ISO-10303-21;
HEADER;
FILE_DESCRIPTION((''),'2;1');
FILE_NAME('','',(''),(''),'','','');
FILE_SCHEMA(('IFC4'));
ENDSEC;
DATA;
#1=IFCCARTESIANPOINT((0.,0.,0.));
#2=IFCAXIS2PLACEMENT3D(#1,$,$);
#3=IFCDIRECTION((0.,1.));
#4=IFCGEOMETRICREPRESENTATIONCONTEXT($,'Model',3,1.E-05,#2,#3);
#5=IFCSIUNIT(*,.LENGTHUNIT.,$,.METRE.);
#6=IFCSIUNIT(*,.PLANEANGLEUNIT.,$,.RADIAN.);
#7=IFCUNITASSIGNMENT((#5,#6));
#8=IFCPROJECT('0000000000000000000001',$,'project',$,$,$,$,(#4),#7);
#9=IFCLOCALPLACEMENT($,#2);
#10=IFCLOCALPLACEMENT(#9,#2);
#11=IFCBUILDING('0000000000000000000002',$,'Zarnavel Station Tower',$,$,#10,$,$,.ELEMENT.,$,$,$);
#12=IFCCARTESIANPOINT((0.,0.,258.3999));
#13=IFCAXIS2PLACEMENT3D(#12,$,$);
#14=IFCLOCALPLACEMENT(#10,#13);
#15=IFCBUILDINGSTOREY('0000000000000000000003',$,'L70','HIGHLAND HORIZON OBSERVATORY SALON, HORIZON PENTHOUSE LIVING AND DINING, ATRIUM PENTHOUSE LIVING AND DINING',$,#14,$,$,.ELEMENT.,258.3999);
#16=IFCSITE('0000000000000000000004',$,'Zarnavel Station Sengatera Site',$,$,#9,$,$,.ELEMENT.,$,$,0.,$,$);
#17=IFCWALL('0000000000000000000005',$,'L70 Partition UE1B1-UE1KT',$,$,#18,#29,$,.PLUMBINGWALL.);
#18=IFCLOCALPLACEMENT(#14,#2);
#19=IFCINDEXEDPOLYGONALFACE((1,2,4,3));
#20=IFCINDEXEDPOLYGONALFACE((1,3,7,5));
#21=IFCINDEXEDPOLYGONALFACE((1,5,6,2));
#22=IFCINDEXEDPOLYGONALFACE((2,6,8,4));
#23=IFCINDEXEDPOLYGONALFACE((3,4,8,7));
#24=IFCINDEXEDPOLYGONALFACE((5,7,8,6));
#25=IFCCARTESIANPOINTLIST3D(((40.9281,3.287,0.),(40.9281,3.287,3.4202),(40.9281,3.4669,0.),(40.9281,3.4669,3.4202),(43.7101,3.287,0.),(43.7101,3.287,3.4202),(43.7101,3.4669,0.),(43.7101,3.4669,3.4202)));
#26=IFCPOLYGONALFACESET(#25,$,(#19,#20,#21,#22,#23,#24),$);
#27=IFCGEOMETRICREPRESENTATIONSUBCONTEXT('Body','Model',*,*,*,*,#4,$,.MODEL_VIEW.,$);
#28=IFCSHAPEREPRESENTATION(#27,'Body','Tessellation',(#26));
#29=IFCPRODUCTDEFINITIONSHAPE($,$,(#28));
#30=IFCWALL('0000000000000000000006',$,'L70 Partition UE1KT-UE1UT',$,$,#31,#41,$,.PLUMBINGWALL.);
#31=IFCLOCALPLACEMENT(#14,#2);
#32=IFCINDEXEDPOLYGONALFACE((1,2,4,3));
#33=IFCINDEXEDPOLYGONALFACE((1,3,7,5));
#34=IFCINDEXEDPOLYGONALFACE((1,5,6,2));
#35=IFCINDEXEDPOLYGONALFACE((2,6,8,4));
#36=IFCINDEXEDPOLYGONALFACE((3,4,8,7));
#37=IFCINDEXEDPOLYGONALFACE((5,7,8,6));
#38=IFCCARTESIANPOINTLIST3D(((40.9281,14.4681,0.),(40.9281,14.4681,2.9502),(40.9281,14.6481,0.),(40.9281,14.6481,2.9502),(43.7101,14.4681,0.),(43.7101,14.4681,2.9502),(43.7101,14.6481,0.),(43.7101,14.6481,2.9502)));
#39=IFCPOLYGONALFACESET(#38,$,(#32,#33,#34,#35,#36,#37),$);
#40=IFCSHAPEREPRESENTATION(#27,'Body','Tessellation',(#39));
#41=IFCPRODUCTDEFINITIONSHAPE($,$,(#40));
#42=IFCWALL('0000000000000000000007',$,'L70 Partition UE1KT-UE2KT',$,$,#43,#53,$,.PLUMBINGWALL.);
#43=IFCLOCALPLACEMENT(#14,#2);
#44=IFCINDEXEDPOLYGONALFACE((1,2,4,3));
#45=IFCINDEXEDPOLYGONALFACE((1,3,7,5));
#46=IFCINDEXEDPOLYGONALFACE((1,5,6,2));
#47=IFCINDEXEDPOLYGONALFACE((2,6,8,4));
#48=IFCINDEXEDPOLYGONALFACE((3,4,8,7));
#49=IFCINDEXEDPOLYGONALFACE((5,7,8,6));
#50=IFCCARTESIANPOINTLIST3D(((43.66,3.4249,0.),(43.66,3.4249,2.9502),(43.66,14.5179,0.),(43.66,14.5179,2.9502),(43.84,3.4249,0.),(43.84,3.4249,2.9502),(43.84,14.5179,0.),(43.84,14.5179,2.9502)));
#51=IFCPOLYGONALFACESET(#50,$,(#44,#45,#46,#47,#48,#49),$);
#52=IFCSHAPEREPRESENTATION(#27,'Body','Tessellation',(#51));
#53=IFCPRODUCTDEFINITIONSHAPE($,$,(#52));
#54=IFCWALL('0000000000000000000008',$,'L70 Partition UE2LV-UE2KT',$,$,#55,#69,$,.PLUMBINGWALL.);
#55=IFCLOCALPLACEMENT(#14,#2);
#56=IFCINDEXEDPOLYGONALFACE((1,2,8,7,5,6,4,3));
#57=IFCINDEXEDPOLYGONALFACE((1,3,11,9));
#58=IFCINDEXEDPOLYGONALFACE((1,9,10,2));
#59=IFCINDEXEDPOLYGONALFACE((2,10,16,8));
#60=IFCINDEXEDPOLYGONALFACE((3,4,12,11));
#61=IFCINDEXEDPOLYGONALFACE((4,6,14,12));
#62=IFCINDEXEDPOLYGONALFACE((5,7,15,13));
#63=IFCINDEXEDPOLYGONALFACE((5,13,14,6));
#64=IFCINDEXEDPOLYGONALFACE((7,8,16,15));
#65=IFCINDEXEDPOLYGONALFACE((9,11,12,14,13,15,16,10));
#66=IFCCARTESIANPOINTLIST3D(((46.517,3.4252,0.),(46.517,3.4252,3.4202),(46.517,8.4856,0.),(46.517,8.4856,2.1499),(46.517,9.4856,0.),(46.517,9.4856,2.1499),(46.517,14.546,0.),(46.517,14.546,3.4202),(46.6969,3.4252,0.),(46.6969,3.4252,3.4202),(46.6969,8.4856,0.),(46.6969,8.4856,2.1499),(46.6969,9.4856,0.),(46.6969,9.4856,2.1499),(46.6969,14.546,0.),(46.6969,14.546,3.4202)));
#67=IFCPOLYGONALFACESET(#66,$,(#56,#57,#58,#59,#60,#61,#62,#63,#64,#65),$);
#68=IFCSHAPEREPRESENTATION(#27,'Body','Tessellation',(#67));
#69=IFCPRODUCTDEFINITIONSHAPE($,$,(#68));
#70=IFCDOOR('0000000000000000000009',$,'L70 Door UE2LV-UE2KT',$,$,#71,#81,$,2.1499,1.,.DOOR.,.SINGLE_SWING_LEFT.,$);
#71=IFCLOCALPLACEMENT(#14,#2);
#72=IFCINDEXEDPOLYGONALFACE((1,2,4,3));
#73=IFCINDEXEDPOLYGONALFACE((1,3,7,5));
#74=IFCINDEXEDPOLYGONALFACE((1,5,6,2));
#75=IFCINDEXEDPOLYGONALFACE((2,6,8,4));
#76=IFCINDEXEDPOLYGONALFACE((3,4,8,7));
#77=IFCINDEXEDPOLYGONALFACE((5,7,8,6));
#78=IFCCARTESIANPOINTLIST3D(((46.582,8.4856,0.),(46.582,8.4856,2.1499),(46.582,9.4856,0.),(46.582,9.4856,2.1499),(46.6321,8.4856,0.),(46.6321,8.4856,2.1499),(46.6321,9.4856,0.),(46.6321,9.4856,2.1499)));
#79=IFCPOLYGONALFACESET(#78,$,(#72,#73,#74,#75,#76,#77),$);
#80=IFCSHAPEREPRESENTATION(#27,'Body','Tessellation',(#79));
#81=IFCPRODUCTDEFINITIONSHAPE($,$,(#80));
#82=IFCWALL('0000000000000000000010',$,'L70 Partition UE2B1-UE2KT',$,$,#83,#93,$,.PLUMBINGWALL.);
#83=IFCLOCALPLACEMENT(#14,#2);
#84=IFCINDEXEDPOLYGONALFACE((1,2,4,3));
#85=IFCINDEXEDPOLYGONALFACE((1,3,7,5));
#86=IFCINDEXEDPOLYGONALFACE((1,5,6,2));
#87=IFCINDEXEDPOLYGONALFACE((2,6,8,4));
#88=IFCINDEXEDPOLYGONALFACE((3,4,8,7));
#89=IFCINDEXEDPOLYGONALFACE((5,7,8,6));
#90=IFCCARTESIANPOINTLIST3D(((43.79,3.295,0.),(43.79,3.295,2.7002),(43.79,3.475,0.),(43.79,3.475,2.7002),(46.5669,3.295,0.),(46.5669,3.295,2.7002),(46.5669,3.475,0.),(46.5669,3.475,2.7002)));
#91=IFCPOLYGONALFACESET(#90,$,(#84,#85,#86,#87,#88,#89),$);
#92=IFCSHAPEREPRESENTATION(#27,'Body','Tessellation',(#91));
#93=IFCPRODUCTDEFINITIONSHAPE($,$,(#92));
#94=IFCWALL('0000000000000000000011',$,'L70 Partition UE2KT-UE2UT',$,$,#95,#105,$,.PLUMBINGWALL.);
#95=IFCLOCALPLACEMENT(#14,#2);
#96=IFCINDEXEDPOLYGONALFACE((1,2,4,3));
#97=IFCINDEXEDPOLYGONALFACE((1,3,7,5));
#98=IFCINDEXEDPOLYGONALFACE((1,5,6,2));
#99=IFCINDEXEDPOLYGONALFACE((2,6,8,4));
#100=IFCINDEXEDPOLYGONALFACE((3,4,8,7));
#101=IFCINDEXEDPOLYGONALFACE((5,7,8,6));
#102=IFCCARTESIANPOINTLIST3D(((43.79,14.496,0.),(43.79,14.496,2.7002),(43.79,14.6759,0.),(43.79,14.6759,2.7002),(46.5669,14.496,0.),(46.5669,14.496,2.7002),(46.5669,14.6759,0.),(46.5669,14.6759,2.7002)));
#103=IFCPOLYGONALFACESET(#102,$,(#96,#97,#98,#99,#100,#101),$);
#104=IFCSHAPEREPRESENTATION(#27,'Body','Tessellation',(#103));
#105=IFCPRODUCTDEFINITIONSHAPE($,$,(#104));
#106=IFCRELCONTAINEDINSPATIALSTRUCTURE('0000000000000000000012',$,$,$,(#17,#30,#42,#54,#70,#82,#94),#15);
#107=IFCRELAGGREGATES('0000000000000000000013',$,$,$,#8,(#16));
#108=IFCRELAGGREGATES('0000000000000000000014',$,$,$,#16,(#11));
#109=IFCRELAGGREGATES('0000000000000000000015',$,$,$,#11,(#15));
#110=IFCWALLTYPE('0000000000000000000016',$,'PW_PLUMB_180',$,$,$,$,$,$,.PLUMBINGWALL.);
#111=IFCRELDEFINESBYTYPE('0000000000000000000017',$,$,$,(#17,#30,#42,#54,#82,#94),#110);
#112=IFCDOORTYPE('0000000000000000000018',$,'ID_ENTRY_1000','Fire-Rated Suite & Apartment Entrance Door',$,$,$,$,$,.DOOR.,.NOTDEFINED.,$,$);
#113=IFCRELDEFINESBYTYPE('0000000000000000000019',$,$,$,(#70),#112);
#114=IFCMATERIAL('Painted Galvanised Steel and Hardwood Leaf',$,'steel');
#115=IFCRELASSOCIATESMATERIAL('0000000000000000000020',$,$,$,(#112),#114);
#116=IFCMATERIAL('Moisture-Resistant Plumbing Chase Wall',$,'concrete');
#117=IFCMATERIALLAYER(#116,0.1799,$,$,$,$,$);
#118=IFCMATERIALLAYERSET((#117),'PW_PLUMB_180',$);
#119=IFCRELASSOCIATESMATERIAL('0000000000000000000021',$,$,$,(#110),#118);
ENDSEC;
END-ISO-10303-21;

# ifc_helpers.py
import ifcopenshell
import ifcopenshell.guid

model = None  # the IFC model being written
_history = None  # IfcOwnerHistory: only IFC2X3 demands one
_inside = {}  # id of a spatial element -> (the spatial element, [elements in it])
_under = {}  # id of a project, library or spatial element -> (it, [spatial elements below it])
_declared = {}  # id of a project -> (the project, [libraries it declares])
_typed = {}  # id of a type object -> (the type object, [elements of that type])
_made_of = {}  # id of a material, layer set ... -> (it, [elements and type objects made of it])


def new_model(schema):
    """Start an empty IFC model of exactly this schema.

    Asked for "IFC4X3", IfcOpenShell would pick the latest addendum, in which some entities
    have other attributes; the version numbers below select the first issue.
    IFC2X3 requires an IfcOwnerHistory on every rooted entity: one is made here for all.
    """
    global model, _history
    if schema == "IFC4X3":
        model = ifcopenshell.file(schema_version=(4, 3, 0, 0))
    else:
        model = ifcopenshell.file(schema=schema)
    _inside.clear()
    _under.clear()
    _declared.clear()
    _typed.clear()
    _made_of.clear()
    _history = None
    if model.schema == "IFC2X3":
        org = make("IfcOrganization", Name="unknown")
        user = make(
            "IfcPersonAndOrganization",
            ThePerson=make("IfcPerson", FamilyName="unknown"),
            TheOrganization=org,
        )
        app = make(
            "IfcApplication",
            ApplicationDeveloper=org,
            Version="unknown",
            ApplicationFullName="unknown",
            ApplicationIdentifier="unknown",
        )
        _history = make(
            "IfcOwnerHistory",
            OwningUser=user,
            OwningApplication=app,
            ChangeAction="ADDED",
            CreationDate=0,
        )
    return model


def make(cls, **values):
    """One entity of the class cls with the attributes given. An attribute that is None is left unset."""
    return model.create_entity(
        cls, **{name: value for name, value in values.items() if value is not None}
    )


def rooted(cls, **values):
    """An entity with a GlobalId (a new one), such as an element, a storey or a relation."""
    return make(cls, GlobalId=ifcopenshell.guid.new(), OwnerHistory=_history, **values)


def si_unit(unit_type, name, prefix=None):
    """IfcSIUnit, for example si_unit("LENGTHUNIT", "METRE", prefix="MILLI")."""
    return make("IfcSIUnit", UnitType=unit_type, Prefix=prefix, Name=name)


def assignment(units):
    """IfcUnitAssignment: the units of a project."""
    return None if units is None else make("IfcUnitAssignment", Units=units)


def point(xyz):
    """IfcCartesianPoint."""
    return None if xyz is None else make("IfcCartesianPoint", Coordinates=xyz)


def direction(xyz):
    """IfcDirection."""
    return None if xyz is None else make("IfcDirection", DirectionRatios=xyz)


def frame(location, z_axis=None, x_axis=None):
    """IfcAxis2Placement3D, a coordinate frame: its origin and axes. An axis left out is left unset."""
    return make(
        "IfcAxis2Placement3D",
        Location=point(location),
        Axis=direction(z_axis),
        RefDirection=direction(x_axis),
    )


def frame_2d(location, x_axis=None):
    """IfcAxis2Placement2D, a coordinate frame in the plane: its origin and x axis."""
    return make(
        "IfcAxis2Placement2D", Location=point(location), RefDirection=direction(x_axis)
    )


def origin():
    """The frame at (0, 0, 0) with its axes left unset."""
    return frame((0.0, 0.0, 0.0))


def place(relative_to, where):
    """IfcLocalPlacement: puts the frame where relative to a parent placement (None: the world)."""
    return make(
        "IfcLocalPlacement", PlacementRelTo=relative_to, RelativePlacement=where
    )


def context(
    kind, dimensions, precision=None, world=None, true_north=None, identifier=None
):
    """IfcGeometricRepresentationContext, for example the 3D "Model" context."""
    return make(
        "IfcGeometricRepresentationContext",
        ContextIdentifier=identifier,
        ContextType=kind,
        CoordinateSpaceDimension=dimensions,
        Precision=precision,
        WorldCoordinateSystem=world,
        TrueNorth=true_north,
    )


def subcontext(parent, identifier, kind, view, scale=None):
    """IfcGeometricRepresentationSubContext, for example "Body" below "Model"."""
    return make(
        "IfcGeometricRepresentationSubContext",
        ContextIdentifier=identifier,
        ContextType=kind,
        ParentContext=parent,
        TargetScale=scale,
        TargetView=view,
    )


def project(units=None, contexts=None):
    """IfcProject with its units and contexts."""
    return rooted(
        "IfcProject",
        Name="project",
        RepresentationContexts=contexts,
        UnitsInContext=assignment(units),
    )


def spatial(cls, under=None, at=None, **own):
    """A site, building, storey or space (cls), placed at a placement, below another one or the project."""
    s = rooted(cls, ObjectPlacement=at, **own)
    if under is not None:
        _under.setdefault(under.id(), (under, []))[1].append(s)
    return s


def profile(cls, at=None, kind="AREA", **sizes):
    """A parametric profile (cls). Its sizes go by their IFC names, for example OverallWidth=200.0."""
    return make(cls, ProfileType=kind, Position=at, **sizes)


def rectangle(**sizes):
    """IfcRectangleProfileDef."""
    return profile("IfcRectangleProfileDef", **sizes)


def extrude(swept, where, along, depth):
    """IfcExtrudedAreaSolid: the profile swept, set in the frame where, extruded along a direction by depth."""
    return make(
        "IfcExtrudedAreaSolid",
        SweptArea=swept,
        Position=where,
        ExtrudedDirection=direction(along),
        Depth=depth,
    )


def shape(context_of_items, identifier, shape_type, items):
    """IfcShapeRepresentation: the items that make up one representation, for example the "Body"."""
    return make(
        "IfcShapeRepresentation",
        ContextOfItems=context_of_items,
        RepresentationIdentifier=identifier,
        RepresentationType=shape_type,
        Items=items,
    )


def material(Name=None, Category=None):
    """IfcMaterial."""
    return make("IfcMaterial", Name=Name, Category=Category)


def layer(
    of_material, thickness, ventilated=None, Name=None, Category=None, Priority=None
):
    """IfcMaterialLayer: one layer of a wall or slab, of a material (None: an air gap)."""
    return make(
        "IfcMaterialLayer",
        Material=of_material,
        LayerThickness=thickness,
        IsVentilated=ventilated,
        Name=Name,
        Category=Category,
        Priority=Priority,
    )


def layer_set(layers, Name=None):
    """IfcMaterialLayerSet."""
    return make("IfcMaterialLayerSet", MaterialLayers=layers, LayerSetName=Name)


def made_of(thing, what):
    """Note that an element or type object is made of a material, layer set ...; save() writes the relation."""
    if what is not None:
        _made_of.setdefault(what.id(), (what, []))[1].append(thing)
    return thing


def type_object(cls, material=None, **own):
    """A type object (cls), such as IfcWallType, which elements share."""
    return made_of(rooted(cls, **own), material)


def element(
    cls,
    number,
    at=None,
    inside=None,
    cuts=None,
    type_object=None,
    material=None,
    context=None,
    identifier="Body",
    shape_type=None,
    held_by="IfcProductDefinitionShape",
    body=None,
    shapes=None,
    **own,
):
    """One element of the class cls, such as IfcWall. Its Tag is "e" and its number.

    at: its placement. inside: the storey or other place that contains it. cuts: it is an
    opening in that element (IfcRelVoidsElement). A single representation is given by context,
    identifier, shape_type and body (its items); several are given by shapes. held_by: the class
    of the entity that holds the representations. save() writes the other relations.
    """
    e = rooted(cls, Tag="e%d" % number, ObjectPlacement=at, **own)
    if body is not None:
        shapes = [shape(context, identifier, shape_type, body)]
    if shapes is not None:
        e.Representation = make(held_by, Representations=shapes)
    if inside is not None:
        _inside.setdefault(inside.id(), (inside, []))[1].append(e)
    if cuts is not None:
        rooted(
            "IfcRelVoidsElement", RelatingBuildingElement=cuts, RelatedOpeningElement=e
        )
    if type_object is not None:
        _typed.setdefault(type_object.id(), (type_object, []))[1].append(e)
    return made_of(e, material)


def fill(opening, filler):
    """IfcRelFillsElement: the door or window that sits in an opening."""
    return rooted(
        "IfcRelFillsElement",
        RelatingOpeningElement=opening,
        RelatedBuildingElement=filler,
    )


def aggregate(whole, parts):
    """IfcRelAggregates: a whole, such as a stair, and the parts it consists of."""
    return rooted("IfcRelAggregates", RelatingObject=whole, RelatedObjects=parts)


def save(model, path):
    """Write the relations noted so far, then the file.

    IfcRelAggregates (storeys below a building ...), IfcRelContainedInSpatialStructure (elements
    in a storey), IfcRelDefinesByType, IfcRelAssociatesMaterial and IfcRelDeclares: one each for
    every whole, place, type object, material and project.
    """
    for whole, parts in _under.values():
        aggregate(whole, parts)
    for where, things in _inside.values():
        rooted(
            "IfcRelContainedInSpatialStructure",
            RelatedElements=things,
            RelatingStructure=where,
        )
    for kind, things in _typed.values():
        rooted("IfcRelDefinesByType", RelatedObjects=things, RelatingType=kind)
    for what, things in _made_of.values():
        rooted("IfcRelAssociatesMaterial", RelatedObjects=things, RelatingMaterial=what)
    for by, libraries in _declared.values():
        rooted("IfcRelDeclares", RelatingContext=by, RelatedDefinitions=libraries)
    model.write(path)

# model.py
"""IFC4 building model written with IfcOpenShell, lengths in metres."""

from ifc_helpers import new_model, si_unit, direction, frame, frame_2d, origin, place, context, subcontext, project, spatial, rectangle, extrude, material, layer, layer_set, type_object, element, fill, save


model = new_model("IFC4")

# Units and contexts
model_context = context("Model", 3, precision=1e-05, world=origin(), true_north=direction((0.0, 1.0)))
body_context = subcontext(model_context, "Body", "Model", "MODEL_VIEW")
ifc_project = project(units=[si_unit("LENGTHUNIT", "METRE"), si_unit("PLANEANGLEUNIT", "RADIAN")], contexts=[model_context])

# Site, building, storey
site_placement = place(None, origin())
site = spatial("IfcSite", under=ifc_project, at=site_placement, Name="Zarnavel Station Sengatera Site", CompositionType="ELEMENT", RefElevation=0.0)
building_placement = place(site_placement, origin())
building = spatial("IfcBuilding", under=site, at=building_placement, Name="Zarnavel Station Tower", CompositionType="ELEMENT")
storey_placement = place(building_placement, frame((0.0, 0.0, 258.3999)))
storey = spatial("IfcBuildingStorey", under=building, at=storey_placement, Name="L70", Description="HIGHLAND HORIZON OBSERVATORY SALON, HORIZON PENTHOUSE LIVING AND DINING, ATRIUM PENTHOUSE LIVING AND DINING", CompositionType="ELEMENT", Elevation=258.3999)

# Shared definitions
ifc_material_1 = material(Name="Painted Galvanised Steel and Hardwood Leaf", Category="steel")
door_type = type_object("IfcDoorType", Name="ID_ENTRY_1000", Description="Fire-Rated Suite & Apartment Entrance Door", OperationType="NOTDEFINED", PredefinedType="DOOR", material=ifc_material_1)

# Shared definitions
ifc_material_2 = material(Name="Moisture-Resistant Plumbing Chase Wall", Category="concrete")
ifc_layer_1 = layer(ifc_material_2, 0.1799)
ifc_layer_set_1 = layer_set([ifc_layer_1], Name="PW_PLUMB_180")
wall_type_1 = type_object("IfcWallType", Name="PW_PLUMB_180", PredefinedType="PLUMBINGWALL", material=ifc_layer_set_1)

# Walls
wall_1_placement = place(storey_placement, frame((40.928, 3.377, 0.0), z_axis=(0.0, 0.0, 1.0), x_axis=(1.0, 0.0, 0.0)))
element("IfcWall", 1, at=wall_1_placement, inside=storey, type_object=wall_type_1, Name="L70 Partition UE1B1-UE1KT", PredefinedType="PLUMBINGWALL", context=body_context, shape_type="SweptSolid", body=[
    extrude(rectangle(XDim=2.782, YDim=0.1799, at=frame_2d((1.3911, 0.0))), origin(), (0.0, 0.0, 1.0), 3.4202),
])
wall_2_placement = place(storey_placement, frame((40.928, 14.5581, 0.0), z_axis=(0.0, 0.0, 1.0), x_axis=(1.0, 0.0, 0.0)))
element("IfcWall", 2, at=wall_2_placement, inside=storey, type_object=wall_type_1, Name="L70 Partition UE1KT-UE1UT", PredefinedType="PLUMBINGWALL", context=body_context, shape_type="SweptSolid", body=[
    extrude(rectangle(XDim=2.782, YDim=0.1799, at=frame_2d((1.3911, 0.0))), origin(), (0.0, 0.0, 1.0), 2.9502),
])
wall_3_placement = place(storey_placement, frame((43.75, 3.425, 0.0), z_axis=(0.0, 0.0, 1.0), x_axis=(0.0, 1.0, 0.0)))
element("IfcWall", 3, at=wall_3_placement, inside=storey, type_object=wall_type_1, Name="L70 Partition UE1KT-UE2KT", PredefinedType="PLUMBINGWALL", context=body_context, shape_type="SweptSolid", body=[
    extrude(rectangle(XDim=11.093, YDim=0.1799, at=frame_2d((5.5464, 0.0))), origin(), (0.0, 0.0, 1.0), 2.9502),
])

# Wall, opening, door
wall_4_placement = place(storey_placement, frame((46.6069, 3.425, 0.0), z_axis=(0.0, 0.0, 1.0), x_axis=(0.0, 1.0, 0.0)))
wall_4 = element("IfcWall", 4, at=wall_4_placement, inside=storey, type_object=wall_type_1, Name="L70 Partition UE2LV-UE2KT", PredefinedType="PLUMBINGWALL", context=body_context, shape_type="SweptSolid", body=[
    extrude(rectangle(XDim=11.1208, YDim=0.1799, at=frame_2d((5.5605, 0.0))), origin(), (0.0, 0.0, 1.0), 3.4202),
])
opening_1_placement = place(wall_4_placement, frame((5.0605, 0.0, 0.0)))
opening_1 = element("IfcOpeningElement", 5, at=opening_1_placement, cuts=wall_4, PredefinedType="OPENING", context=body_context, shape_type="SweptSolid", body=[
    extrude(rectangle(XDim=1.0, YDim=2.1499, at=frame_2d((0.5, 1.075))), frame((0.0, 0.0999, 0.0), z_axis=(0.0, -1.0, 0.0), x_axis=(1.0, 0.0, 0.0)), (0.0, 0.0, 1.0), 0.2),
])
door_1_placement = place(opening_1_placement, origin())
door_1 = element("IfcDoor", 6, at=door_1_placement, inside=storey, type_object=door_type, Name="L70 Door UE2LV-UE2KT", OperationType="SINGLE_SWING_LEFT", OverallHeight=2.1499, OverallWidth=1.0, PredefinedType="DOOR", context=body_context, shape_type="SweptSolid", body=[
    extrude(rectangle(XDim=1.0, YDim=2.1499, at=frame_2d((0.5, 1.075))), frame((0.0, 0.0249, 0.0), z_axis=(0.0, -1.0, 0.0), x_axis=(1.0, 0.0, 0.0)), (0.0, 0.0, 1.0), 0.05),
])
fill(opening_1, door_1)

# Walls
for number, where, z_axis, x_axis, name in (
    (7, (43.79, 3.385, 0.0), (0.0, 0.0, 1.0), (1.0, 0.0, 0.0), "L70 Partition UE2B1-UE2KT"),
    (8, (43.79, 14.5859, 0.0), (0.0, 0.0, 1.0), (1.0, 0.0, 0.0), "L70 Partition UE2KT-UE2UT"),
):
    element("IfcWall", number, at=place(storey_placement, frame(where, z_axis=z_axis, x_axis=x_axis)), inside=storey, type_object=wall_type_1, Name=name, PredefinedType="PLUMBINGWALL", context=body_context, shape_type="SweptSolid", body=[
        extrude(rectangle(XDim=2.7769, YDim=0.1799, at=frame_2d((1.3884, 0.0))), origin(), (0.0, 0.0, 1.0), 2.7002),
    ])

save(model, "model.ifc")
